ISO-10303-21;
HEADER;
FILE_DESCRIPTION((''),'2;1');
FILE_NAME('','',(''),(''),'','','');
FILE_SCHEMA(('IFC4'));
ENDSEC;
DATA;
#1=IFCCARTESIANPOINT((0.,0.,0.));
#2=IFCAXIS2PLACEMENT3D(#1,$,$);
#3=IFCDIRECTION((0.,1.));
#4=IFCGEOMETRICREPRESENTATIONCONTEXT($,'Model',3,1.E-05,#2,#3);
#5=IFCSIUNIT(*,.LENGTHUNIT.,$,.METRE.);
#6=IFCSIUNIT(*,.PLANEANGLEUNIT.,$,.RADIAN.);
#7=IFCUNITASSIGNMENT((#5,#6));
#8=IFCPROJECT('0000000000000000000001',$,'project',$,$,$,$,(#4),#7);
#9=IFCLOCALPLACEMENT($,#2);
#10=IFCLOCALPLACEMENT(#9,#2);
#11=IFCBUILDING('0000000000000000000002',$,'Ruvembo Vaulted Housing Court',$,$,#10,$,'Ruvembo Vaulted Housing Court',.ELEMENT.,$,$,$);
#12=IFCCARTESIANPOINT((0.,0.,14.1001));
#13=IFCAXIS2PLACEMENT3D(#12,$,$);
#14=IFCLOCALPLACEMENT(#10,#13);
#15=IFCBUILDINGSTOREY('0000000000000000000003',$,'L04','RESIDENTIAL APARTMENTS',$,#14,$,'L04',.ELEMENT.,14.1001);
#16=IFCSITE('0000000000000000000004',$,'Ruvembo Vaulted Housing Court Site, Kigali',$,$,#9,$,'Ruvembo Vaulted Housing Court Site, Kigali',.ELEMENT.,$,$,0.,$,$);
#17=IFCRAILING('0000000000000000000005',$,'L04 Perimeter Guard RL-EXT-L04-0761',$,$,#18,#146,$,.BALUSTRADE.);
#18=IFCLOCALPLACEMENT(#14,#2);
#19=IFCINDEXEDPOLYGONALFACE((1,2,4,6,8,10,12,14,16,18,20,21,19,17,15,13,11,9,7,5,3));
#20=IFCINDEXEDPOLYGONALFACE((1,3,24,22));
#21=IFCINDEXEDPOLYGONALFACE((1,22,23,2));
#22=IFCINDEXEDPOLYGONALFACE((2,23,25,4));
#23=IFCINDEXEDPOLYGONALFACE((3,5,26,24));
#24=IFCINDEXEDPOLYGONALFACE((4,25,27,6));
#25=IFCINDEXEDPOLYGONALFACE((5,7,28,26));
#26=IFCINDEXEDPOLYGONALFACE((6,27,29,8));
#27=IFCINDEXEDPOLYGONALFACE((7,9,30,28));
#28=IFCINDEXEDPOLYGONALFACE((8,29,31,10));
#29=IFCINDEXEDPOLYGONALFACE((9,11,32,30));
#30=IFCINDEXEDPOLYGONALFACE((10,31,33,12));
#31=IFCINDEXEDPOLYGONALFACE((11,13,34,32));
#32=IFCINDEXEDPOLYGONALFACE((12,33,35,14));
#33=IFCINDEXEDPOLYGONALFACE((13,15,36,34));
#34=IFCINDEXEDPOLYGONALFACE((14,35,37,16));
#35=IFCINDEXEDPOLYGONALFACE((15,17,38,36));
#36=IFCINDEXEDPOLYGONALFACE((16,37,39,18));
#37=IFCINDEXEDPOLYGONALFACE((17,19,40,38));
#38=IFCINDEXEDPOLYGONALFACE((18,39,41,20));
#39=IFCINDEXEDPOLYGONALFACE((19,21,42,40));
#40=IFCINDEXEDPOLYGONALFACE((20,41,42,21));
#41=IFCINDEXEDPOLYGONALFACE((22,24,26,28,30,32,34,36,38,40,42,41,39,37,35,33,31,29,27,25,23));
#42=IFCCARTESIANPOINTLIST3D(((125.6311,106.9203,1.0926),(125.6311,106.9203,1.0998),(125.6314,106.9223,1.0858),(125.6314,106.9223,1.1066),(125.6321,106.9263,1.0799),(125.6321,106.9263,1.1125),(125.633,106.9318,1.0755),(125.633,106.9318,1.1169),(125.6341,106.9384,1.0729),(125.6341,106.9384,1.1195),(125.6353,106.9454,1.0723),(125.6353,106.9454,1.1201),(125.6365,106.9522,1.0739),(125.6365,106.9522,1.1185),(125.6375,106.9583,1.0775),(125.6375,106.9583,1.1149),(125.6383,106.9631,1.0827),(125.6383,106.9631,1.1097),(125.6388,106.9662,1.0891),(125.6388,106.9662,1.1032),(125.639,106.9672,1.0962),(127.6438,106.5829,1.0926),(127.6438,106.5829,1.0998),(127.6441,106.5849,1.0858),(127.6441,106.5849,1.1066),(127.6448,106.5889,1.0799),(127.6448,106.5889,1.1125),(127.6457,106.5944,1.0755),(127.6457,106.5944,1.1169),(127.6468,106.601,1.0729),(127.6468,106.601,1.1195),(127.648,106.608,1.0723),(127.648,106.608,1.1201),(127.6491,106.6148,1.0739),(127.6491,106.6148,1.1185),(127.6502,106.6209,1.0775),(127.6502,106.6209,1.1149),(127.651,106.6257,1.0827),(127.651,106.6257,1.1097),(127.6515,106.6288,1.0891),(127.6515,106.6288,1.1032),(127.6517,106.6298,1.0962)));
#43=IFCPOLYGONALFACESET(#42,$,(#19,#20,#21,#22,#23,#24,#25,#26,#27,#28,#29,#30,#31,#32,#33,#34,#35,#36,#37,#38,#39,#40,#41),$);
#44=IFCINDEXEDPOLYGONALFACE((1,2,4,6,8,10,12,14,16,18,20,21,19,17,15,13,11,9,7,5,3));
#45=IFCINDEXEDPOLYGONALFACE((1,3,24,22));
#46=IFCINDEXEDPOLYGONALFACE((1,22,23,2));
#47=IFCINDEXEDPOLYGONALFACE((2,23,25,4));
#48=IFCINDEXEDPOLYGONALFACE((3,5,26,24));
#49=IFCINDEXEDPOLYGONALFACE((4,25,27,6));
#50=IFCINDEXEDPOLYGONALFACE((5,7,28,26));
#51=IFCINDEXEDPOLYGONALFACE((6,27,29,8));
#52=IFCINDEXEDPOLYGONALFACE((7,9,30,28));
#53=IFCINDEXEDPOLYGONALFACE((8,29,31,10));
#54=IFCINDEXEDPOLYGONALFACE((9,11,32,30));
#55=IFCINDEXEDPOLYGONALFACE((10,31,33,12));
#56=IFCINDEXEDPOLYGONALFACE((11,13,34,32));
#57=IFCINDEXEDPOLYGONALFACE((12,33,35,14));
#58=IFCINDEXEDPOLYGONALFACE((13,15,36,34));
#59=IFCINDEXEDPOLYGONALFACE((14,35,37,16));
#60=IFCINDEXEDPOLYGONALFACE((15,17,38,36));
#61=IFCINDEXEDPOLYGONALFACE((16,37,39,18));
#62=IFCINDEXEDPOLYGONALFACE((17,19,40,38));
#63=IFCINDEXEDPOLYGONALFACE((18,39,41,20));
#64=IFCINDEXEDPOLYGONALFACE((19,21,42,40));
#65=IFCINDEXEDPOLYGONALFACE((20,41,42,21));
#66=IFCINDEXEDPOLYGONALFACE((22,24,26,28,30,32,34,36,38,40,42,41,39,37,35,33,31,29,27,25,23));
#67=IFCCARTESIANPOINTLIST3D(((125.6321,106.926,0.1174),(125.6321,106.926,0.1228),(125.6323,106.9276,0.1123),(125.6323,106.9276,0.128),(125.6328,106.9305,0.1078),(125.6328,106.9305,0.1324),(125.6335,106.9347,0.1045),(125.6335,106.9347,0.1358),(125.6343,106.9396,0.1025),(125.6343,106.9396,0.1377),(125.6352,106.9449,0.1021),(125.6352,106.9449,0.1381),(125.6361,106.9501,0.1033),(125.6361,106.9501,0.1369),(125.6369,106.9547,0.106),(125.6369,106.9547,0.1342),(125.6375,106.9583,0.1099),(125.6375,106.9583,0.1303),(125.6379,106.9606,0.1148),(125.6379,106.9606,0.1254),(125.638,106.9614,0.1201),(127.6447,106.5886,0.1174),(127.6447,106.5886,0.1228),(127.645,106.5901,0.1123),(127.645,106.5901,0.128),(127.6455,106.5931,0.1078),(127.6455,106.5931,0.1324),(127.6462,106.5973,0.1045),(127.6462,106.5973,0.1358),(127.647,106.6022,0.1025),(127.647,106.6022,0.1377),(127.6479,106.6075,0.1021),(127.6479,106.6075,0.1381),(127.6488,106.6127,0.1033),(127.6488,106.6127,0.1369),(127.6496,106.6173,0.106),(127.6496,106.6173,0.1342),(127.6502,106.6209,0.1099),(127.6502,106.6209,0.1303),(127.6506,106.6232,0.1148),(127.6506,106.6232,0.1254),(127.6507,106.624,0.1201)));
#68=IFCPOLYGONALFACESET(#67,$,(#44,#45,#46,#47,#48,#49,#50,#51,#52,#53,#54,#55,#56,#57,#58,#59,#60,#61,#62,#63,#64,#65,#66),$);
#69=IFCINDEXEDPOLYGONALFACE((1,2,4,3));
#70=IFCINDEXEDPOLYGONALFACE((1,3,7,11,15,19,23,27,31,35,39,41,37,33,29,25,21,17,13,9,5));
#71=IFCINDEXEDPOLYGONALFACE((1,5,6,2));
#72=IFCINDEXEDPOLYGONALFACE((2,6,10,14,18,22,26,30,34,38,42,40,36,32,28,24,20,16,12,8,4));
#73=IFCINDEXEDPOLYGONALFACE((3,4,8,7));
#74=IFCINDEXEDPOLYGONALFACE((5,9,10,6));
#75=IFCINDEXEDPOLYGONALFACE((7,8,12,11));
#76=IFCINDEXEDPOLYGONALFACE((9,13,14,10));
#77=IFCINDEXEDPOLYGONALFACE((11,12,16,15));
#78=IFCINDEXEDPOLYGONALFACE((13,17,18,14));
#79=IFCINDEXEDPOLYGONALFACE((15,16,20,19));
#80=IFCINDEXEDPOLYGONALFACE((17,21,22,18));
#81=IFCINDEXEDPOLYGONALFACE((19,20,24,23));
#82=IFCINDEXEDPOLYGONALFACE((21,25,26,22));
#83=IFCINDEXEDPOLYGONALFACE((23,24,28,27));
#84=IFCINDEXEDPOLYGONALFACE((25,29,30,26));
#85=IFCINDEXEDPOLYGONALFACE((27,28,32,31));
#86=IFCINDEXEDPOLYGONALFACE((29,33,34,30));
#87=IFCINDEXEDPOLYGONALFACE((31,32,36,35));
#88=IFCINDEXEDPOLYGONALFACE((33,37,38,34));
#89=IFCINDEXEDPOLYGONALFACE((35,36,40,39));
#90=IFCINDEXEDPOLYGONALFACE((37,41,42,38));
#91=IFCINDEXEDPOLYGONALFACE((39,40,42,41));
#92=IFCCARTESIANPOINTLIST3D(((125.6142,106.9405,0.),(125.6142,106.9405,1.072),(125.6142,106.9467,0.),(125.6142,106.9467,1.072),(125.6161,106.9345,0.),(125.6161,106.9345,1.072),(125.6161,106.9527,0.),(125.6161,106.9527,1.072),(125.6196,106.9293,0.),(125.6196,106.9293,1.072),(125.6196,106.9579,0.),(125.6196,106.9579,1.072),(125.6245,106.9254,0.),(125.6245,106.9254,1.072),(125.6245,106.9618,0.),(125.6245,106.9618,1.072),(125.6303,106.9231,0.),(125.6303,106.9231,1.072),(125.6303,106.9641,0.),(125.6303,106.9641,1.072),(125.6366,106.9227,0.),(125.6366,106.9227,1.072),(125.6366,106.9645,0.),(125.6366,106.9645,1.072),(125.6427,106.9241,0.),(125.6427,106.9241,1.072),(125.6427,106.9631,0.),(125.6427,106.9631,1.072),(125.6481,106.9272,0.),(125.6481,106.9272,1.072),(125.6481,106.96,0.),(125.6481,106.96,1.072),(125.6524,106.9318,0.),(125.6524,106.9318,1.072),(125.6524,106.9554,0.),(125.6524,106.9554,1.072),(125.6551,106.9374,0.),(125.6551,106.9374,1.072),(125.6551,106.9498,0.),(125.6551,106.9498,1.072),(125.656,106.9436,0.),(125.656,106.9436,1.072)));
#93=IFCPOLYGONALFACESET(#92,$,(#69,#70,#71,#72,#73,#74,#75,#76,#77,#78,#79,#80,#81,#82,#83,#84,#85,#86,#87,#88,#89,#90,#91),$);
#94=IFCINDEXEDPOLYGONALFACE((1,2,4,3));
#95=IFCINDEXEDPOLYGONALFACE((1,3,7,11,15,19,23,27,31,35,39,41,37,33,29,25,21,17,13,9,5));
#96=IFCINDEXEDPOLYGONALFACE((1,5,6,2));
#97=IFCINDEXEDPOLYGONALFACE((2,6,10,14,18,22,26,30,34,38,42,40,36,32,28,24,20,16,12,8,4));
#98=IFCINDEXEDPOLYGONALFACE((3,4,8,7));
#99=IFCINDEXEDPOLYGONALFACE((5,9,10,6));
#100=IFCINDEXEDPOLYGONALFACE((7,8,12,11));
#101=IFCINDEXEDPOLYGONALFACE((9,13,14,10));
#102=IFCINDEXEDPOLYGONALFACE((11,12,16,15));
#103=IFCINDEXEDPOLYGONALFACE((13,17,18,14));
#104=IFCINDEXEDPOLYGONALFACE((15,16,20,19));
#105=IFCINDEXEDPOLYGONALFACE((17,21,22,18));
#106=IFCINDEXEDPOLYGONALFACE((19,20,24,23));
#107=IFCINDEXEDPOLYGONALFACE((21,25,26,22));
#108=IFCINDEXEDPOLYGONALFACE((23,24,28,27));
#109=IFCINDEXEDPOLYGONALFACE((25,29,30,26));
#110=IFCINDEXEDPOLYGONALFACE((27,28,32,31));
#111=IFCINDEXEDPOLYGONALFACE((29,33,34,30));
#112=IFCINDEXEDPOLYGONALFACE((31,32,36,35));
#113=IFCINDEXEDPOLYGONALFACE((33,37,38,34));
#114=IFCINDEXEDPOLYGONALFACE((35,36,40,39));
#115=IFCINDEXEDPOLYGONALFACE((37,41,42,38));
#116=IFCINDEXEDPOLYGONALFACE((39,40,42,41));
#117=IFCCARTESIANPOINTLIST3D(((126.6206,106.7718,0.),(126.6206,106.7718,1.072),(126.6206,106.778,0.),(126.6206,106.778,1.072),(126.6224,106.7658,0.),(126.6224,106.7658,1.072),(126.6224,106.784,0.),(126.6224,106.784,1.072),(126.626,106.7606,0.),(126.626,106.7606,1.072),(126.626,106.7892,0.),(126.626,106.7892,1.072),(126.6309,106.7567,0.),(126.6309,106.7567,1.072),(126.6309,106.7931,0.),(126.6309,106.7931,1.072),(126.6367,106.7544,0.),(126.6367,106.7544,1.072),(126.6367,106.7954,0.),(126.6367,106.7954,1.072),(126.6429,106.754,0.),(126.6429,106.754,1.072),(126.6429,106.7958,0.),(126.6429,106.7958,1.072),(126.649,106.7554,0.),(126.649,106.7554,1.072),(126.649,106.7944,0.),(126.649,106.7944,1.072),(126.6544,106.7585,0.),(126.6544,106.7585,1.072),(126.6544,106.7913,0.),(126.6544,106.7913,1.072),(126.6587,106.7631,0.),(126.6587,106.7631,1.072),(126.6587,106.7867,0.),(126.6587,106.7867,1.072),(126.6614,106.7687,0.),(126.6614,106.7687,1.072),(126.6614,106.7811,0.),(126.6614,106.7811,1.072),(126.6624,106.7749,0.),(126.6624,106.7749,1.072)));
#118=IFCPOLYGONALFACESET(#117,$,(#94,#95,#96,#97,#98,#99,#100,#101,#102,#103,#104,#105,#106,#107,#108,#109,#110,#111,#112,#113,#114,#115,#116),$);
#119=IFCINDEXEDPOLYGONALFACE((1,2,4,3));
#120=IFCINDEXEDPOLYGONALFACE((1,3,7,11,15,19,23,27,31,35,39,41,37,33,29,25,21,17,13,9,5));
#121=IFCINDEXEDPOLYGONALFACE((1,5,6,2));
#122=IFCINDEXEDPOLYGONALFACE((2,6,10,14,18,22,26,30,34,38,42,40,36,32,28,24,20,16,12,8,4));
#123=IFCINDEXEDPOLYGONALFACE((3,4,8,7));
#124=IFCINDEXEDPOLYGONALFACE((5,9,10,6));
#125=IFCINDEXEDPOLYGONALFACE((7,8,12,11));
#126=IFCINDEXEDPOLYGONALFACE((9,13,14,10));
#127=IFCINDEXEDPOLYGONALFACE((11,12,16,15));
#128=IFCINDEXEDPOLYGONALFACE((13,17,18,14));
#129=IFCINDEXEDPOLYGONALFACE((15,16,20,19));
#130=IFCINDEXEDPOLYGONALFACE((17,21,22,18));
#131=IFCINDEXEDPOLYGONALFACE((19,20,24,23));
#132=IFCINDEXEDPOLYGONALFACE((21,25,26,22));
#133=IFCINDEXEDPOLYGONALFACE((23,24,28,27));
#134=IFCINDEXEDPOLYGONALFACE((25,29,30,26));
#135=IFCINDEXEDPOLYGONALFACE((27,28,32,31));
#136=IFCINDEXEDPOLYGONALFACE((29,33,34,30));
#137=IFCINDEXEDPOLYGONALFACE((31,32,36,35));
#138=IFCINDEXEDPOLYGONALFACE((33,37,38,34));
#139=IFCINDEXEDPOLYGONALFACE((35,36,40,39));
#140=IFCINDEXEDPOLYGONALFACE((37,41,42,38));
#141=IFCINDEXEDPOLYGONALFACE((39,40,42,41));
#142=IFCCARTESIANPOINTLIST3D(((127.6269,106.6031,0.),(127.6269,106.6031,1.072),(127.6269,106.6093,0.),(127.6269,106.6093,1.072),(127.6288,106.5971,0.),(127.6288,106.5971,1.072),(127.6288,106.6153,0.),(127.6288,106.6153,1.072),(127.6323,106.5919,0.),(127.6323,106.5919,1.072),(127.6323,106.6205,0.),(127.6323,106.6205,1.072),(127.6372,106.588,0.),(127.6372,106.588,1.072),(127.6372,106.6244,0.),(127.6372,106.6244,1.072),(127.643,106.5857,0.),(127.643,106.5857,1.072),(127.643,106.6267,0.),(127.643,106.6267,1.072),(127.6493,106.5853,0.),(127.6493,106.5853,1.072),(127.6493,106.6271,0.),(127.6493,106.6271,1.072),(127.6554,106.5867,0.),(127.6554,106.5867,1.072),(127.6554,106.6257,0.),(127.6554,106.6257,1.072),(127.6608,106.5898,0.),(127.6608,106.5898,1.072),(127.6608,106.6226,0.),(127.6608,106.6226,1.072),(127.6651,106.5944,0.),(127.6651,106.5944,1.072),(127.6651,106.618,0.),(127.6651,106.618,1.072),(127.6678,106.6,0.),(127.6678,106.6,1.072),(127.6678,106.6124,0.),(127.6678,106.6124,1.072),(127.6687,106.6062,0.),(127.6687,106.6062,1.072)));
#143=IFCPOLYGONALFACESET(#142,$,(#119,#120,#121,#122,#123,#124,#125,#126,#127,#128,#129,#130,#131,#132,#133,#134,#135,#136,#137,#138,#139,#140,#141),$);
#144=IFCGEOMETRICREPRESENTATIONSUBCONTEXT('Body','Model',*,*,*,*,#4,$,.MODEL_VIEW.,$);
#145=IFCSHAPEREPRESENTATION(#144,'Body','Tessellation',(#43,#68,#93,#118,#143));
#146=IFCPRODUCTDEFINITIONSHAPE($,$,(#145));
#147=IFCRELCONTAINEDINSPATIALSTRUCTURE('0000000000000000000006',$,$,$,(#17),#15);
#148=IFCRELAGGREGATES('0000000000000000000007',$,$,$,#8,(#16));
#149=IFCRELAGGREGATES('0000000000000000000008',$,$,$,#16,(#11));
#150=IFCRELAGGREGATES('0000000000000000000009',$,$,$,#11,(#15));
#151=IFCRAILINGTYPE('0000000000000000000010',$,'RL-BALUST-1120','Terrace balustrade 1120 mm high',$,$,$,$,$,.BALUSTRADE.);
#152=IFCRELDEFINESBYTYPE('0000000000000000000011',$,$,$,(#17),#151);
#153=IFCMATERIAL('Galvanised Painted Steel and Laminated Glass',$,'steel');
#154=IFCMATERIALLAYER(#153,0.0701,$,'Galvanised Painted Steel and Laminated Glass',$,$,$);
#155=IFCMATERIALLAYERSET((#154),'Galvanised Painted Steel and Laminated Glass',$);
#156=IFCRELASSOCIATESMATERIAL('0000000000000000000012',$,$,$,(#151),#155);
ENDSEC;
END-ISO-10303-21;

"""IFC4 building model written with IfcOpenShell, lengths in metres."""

from ifc_helpers import new_model, si_unit, direction, frame, origin, origin_2d, place, context, subcontext, project, spatial, circle, extrude, material, layer, layer_set, type_object, element, save


model = new_model("IFC4")

# Units and contexts
model_context = context("Model", 3, precision=1e-05, world=origin(), true_north=direction((0.0, 1.0)))
body_context = subcontext(model_context, "Body", "Model", "MODEL_VIEW")
ifc_project = project(units=[si_unit("LENGTHUNIT", "METRE"), si_unit("PLANEANGLEUNIT", "RADIAN")], contexts=[model_context])

# Site, building, storey
site_placement = place(None, origin())
site = spatial("IfcSite", under=ifc_project, at=site_placement, Name="Ruvembo Vaulted Housing Court Site, Kigali", LongName="Ruvembo Vaulted Housing Court Site, Kigali", CompositionType="ELEMENT", RefElevation=0.0)
building_placement = place(site_placement, origin())
building = spatial("IfcBuilding", under=site, at=building_placement, Name="Ruvembo Vaulted Housing Court", LongName="Ruvembo Vaulted Housing Court", CompositionType="ELEMENT")
storey_placement = place(building_placement, frame((0.0, 0.0, 14.1001)))
storey = spatial("IfcBuildingStorey", under=building, at=storey_placement, Name="L04", Description="RESIDENTIAL APARTMENTS", LongName="L04", CompositionType="ELEMENT", Elevation=14.1001)

# Railing
ifc_material_1 = material(Name="Galvanised Painted Steel and Laminated Glass", Category="steel")
ifc_layer_1 = layer(ifc_material_1, 0.0701, Name="Galvanised Painted Steel and Laminated Glass")
ifc_layer_set_1 = layer_set([ifc_layer_1], Name="Galvanised Painted Steel and Laminated Glass")
railing_type = type_object("IfcRailingType", Name="RL-BALUST-1120", Description="Terrace balustrade 1120 mm high", PredefinedType="BALUSTRADE", material=ifc_layer_set_1)
railing_1_placement = place(storey_placement, frame((125.635, 106.9436, 0.0)))
element("IfcRailing", 1, at=railing_1_placement, inside=storey, type_object=railing_type, Name="L04 Perimeter Guard RL-EXT-L04-0761", PredefinedType="BALUSTRADE", context=body_context, shape_type="SweptSolid", body=[
    extrude(circle(Radius=0.0239, at=origin_2d()), frame((0.0, 0.0, 1.0962), z_axis=(0.986238, -0.16533, 0.0), x_axis=(0.16533, 0.986238, 0.0)), (0.0, 0.0, 1.0), 2.0408),
    extrude(circle(Radius=0.0181, at=origin_2d()), frame((0.0, 0.0, 0.1201), z_axis=(0.986238, -0.16533, 0.0), x_axis=(0.16533, 0.986238, 0.0)), (0.0, 0.0, 1.0), 2.0408),
    extrude(circle(Radius=0.021, at=origin_2d()), origin(), (0.0, 0.0, 1.0), 1.072),
    extrude(circle(Radius=0.021, at=origin_2d()), frame((1.0063, -0.1687, 0.0)), (0.0, 0.0, 1.0), 1.072),
    extrude(circle(Radius=0.021, at=origin_2d()), frame((2.0127, -0.3374, 0.0)), (0.0, 0.0, 1.0), 1.072),
])

save(model, "model.ifc")
